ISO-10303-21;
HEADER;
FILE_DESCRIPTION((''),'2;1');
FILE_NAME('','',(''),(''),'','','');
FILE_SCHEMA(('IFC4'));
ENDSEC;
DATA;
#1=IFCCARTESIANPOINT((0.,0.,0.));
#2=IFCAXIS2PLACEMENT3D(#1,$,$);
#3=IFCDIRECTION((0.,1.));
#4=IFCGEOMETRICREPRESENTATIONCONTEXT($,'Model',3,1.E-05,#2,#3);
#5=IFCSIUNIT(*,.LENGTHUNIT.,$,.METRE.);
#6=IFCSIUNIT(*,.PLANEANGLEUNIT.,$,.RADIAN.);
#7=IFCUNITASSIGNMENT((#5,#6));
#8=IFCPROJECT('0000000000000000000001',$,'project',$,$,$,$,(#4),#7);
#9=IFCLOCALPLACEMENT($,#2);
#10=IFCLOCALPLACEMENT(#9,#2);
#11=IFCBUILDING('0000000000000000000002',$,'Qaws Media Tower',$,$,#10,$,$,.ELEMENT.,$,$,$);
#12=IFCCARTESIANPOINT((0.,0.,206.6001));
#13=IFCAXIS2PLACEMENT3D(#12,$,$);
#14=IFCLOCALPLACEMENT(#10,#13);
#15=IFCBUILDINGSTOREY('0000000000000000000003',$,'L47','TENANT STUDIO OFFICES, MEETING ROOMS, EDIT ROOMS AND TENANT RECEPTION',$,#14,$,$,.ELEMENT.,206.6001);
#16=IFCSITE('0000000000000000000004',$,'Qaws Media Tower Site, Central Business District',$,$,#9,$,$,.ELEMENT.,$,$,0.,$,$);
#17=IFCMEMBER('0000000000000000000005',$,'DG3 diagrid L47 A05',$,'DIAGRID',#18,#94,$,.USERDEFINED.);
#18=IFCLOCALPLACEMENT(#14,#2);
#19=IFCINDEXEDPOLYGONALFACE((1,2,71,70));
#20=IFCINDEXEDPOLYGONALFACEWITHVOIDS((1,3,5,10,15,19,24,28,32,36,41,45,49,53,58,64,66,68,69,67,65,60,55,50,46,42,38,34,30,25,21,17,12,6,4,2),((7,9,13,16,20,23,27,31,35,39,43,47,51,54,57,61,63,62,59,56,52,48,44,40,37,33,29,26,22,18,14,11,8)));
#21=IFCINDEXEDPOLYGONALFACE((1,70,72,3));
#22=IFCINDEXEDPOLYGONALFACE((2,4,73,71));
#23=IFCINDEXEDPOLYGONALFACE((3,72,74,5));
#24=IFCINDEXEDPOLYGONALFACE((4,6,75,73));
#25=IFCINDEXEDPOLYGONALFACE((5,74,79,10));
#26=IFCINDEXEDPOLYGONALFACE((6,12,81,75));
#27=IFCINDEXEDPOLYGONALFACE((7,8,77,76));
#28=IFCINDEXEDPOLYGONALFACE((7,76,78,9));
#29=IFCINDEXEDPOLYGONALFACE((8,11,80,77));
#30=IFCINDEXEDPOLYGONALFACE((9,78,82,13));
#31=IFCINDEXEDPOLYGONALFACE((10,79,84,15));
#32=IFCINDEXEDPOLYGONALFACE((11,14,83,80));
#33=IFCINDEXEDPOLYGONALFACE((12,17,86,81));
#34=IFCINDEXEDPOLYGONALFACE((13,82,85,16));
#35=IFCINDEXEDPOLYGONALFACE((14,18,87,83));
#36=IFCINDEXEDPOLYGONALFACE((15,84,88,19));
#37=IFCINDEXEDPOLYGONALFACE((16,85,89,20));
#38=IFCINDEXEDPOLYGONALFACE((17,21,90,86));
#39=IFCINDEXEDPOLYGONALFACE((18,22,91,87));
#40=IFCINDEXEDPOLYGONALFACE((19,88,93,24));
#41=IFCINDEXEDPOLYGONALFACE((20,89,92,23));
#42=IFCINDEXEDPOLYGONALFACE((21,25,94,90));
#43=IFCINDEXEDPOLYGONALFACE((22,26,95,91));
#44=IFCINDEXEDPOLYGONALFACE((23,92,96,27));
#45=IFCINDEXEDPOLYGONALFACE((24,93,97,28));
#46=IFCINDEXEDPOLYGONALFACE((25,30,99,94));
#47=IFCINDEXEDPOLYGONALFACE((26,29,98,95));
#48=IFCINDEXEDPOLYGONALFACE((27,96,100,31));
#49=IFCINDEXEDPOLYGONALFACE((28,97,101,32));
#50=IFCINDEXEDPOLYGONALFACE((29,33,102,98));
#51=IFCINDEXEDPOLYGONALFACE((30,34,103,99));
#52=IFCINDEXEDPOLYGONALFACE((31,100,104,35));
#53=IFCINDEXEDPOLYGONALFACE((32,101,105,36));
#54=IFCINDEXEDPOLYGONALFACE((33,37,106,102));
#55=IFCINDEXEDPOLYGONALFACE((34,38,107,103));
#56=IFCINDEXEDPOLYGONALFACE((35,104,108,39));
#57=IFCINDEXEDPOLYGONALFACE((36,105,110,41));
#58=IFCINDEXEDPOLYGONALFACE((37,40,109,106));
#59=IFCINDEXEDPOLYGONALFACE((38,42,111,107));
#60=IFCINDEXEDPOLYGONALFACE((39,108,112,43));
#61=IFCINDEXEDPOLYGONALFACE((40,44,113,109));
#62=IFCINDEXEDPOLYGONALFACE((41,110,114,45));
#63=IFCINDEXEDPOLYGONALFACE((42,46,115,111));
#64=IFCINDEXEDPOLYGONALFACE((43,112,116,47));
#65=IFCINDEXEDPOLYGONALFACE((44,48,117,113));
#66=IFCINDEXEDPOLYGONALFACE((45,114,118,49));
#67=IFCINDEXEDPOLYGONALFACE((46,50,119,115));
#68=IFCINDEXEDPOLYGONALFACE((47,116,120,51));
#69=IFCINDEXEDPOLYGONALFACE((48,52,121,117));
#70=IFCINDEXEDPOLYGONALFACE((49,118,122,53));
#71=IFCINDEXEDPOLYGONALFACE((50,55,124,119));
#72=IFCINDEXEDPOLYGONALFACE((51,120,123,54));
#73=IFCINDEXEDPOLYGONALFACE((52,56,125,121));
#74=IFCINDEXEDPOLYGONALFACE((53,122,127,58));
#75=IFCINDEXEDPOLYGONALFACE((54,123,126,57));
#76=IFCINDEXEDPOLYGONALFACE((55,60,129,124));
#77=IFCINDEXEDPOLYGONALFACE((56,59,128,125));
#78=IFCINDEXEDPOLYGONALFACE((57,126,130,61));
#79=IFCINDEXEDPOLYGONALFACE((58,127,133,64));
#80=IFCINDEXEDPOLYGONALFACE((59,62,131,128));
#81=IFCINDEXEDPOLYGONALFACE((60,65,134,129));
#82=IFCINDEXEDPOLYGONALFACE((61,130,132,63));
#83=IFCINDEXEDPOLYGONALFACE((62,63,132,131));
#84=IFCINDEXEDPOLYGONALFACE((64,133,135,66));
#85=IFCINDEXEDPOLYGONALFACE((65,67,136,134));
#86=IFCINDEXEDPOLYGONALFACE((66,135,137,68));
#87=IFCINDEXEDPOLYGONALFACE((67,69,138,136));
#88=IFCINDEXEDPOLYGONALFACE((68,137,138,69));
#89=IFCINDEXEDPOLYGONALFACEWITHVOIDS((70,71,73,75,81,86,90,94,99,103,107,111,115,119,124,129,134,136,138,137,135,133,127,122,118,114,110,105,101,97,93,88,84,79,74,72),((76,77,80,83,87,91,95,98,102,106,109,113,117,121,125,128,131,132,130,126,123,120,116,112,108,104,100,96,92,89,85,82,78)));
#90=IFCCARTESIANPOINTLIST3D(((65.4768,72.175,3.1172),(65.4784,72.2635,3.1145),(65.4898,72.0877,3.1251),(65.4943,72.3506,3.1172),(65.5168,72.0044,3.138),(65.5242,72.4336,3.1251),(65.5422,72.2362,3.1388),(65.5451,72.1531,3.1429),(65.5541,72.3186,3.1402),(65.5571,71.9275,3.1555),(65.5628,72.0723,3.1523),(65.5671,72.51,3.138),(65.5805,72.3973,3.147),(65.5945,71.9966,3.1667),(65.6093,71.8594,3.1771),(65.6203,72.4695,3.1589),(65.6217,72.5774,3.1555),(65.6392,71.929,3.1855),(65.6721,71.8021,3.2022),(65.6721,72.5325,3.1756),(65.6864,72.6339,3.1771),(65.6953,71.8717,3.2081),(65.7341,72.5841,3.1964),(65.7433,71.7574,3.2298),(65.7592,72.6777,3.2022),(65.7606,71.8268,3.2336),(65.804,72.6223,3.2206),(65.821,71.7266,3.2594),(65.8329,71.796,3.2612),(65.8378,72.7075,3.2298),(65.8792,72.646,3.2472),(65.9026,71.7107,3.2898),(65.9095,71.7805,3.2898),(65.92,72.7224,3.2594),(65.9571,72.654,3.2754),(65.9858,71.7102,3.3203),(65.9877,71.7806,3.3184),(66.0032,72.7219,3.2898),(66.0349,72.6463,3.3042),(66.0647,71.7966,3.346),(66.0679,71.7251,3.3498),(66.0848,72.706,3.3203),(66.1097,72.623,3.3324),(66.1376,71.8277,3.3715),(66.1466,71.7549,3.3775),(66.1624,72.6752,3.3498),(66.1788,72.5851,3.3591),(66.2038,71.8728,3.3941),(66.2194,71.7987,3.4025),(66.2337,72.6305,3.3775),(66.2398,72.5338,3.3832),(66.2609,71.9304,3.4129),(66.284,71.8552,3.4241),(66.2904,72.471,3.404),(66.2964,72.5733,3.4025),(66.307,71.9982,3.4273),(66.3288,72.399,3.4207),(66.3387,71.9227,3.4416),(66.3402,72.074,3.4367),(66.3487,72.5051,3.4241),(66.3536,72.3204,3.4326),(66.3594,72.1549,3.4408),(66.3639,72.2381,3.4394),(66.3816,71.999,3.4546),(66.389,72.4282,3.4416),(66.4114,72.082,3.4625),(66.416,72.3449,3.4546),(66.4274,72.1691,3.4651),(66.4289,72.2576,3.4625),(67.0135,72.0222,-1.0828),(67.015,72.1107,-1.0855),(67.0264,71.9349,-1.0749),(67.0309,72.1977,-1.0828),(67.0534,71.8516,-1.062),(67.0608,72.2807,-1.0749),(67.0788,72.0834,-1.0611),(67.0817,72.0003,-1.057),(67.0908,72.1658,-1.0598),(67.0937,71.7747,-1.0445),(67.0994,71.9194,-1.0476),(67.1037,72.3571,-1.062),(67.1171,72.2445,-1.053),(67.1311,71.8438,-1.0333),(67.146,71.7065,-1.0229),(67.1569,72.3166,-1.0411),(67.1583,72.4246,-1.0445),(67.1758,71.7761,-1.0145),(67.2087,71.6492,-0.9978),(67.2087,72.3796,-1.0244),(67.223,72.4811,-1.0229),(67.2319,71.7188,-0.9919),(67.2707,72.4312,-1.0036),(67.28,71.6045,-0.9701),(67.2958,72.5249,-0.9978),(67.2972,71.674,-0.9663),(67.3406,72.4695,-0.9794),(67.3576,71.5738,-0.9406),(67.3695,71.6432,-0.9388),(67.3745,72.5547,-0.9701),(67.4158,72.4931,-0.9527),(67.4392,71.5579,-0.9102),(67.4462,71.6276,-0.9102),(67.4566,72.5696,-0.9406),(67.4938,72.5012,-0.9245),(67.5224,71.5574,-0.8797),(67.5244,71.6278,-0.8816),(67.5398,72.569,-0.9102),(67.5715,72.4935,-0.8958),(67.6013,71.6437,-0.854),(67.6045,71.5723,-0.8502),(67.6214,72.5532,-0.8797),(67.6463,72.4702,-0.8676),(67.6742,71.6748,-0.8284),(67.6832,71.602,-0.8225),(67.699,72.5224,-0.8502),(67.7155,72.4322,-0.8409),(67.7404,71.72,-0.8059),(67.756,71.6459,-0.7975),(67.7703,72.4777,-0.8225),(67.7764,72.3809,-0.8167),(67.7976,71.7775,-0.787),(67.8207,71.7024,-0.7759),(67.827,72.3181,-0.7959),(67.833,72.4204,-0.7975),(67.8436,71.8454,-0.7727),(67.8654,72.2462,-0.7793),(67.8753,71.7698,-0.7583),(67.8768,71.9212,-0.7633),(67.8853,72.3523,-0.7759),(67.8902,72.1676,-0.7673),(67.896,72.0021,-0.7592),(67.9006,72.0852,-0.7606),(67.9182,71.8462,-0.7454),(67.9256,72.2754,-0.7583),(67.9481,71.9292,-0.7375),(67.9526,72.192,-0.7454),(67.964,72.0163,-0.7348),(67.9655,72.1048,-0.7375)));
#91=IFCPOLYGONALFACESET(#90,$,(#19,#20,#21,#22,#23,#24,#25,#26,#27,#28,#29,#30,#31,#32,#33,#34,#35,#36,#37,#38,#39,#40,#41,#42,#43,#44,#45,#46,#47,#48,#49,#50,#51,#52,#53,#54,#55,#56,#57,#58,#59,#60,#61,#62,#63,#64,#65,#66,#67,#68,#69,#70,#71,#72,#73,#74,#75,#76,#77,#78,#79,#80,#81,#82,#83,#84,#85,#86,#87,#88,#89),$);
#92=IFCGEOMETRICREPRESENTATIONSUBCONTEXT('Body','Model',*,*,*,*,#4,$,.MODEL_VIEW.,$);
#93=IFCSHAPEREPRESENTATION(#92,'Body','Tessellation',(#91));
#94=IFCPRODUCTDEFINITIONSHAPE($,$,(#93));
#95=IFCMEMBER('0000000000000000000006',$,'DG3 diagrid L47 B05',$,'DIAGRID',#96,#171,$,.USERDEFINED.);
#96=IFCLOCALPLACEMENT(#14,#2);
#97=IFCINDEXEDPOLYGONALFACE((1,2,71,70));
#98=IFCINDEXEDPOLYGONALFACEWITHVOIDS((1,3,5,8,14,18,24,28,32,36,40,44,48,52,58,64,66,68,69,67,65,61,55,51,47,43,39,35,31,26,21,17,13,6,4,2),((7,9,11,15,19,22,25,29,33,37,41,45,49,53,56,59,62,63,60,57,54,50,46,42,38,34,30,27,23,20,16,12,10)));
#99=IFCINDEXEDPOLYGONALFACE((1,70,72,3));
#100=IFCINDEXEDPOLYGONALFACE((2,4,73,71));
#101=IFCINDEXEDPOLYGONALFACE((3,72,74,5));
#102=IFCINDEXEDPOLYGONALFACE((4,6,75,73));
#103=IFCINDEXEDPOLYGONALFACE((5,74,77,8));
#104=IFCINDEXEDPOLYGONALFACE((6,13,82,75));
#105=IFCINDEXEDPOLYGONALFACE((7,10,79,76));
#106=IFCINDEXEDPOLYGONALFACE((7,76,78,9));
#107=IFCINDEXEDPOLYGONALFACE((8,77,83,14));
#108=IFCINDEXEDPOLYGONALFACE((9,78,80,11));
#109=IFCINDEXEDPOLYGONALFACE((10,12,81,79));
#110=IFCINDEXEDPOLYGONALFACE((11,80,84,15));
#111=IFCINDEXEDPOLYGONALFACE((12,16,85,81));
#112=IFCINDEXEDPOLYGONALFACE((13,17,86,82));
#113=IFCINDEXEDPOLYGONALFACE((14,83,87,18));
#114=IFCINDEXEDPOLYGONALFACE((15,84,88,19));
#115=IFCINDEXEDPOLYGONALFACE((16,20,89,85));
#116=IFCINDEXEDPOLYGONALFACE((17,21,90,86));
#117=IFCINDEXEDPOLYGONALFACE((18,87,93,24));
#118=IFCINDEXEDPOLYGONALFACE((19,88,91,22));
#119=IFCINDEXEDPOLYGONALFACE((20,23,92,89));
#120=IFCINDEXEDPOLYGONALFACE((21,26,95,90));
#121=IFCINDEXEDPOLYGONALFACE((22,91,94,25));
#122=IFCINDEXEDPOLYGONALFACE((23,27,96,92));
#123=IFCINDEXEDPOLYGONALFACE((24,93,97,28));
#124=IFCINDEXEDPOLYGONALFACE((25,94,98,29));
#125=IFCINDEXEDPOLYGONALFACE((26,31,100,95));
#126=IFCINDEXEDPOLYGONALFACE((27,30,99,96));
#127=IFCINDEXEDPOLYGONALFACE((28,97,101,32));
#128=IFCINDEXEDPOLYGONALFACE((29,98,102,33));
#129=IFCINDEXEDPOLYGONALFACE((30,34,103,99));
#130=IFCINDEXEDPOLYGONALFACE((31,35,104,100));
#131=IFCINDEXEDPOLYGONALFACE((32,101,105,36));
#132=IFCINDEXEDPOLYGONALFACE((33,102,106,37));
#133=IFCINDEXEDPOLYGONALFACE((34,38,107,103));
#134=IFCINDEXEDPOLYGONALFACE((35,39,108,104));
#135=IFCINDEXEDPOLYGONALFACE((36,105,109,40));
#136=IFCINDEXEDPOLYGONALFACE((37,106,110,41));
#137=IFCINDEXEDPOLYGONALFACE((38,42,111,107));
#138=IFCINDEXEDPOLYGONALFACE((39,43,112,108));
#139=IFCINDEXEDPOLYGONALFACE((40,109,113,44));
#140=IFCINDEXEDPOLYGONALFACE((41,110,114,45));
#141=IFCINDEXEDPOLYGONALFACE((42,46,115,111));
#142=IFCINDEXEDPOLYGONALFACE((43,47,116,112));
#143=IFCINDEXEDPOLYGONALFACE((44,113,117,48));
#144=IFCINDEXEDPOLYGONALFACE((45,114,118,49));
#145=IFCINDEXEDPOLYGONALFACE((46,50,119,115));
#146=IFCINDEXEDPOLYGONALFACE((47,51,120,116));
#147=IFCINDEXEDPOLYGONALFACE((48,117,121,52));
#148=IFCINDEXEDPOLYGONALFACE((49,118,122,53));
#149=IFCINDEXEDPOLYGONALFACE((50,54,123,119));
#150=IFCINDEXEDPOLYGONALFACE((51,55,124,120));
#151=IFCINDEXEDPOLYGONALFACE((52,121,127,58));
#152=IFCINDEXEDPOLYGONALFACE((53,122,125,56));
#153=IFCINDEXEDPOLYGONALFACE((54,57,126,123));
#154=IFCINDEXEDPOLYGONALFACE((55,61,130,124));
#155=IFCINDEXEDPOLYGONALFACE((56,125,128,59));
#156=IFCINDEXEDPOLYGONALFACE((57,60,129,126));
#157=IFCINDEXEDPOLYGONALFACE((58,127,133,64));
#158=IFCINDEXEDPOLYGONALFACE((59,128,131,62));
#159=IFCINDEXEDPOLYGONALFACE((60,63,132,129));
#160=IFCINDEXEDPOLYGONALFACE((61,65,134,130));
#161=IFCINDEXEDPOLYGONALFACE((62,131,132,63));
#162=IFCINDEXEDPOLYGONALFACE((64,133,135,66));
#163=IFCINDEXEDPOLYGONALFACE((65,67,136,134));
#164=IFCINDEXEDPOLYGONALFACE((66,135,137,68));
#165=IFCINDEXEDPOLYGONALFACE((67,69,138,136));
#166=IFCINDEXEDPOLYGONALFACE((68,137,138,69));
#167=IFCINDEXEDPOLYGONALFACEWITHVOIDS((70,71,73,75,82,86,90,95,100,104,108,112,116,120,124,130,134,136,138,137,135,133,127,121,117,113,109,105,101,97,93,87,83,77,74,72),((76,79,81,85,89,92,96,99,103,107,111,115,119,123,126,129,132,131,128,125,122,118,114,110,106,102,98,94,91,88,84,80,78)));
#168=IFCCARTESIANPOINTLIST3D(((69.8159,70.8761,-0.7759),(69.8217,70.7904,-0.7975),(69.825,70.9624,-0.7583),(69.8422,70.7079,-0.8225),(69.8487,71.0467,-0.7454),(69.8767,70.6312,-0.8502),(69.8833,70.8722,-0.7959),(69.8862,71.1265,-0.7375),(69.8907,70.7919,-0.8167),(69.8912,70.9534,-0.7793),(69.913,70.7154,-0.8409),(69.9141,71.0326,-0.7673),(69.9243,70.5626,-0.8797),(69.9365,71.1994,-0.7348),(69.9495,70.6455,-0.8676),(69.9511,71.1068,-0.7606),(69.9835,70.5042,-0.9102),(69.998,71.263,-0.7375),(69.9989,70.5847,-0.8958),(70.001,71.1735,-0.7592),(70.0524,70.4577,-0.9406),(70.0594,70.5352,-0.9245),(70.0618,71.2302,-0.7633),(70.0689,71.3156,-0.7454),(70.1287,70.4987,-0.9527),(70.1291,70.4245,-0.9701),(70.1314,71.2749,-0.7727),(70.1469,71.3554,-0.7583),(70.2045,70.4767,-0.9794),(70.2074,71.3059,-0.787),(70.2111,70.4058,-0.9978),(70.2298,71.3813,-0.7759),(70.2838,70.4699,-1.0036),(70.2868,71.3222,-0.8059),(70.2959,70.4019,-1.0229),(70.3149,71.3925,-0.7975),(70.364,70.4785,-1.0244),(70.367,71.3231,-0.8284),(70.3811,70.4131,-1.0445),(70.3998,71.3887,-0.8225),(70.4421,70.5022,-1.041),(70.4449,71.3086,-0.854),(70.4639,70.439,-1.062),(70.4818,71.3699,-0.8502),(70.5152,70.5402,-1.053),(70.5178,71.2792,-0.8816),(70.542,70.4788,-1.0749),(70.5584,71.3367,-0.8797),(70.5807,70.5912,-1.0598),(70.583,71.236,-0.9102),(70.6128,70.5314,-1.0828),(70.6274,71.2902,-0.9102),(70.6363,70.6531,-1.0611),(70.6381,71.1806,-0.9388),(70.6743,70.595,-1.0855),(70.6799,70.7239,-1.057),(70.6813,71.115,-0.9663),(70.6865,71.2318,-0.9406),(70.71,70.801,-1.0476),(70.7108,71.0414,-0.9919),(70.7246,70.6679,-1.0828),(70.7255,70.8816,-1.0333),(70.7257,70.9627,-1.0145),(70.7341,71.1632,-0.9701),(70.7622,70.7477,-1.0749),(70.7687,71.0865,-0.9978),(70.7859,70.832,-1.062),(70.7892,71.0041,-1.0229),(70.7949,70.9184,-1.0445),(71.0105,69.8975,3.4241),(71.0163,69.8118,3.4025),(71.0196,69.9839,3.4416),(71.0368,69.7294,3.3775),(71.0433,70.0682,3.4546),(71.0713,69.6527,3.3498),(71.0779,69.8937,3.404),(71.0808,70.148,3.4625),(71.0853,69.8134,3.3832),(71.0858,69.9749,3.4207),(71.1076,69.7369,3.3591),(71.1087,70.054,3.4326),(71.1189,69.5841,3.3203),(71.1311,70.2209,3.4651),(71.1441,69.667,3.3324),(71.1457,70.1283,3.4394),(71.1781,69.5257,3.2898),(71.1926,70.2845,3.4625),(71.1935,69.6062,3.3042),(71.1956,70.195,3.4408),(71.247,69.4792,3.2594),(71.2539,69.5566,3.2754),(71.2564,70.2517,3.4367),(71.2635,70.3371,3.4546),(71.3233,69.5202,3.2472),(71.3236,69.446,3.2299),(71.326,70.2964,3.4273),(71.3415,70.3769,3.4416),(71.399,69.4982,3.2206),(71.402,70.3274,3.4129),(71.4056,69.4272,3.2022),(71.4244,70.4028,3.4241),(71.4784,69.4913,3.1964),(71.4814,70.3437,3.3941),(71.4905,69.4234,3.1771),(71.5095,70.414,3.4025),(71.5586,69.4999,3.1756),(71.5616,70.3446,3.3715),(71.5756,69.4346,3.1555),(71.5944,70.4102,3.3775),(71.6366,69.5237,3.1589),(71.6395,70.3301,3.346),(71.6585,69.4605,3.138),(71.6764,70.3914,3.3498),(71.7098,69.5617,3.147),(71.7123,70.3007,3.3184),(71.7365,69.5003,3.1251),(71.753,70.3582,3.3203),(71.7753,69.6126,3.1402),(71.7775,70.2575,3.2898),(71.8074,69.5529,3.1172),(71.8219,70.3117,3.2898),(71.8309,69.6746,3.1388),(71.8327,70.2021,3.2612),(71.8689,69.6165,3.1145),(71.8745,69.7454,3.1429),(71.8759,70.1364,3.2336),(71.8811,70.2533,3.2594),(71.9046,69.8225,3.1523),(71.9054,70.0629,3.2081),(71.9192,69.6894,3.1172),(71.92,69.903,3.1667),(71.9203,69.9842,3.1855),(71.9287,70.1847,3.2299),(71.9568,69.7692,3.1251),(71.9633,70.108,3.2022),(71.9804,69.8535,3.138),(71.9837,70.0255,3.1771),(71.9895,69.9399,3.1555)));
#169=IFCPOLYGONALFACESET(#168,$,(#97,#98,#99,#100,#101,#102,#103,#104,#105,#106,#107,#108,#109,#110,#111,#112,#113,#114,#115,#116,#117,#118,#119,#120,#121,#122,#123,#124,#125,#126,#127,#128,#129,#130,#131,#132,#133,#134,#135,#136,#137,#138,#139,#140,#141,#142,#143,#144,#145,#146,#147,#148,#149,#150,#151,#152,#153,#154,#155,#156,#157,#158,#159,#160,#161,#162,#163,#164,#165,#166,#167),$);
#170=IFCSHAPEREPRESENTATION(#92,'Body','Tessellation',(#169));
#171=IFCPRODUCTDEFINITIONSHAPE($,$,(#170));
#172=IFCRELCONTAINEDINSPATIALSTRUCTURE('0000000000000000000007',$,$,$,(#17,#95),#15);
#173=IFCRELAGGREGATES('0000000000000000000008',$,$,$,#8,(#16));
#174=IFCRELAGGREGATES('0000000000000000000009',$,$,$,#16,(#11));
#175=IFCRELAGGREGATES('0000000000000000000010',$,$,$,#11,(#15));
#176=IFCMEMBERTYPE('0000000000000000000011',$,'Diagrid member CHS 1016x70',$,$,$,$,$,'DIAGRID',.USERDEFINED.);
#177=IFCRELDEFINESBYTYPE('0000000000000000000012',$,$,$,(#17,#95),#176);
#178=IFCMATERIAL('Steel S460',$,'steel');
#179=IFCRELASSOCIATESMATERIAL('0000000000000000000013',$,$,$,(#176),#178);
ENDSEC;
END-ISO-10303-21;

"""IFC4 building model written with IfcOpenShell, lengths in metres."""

from ifc_helpers import new_model, si_unit, direction, frame, origin, origin_2d, place, context, subcontext, project, spatial, hollow_circle, extrude, material, material_profile, profile_set, type_object, element, save


model = new_model("IFC4")

# Units and contexts
model_context = context("Model", 3, precision=1e-05, world=origin(), true_north=direction((0.0, 1.0)))
body_context = subcontext(model_context, "Body", "Model", "MODEL_VIEW")
ifc_project = project(units=[si_unit("LENGTHUNIT", "METRE"), si_unit("PLANEANGLEUNIT", "RADIAN")], contexts=[model_context])

# Site, building, storey
site_placement = place(None, origin())
site = spatial("IfcSite", under=ifc_project, at=site_placement, Name="Qaws Media Tower Site, Central Business District", CompositionType="ELEMENT", RefElevation=0.0)
building_placement = place(site_placement, origin())
building = spatial("IfcBuilding", under=site, at=building_placement, Name="Qaws Media Tower", CompositionType="ELEMENT")
storey_placement = place(building_placement, frame((0.0, 0.0, 206.6001)))
storey = spatial("IfcBuildingStorey", under=building, at=storey_placement, Name="L47", Description="TENANT STUDIO OFFICES, MEETING ROOMS, EDIT ROOMS AND TENANT RECEPTION", CompositionType="ELEMENT", Elevation=206.6001)

# Members
ifc_material_1 = material(Name="Steel S460", Category="steel")
ifc_material_profile_1 = material_profile(ifc_material_1, hollow_circle(Radius=0.5081, WallThickness=0.0701, at=origin_2d()), Name="CHS 1016x70")
ifc_profile_set_1 = profile_set([ifc_material_profile_1], Name="Steel S460")
member_type_1 = type_object("IfcMemberType", Name="Diagrid member CHS 1016x70", ElementType="DIAGRID", PredefinedType="USERDEFINED", material=ifc_profile_set_1)
for number, where, z_axis, x_axis, name in (
    (1, (67.4895, 72.0635, -0.9102), (-0.343392, 0.034154, 0.938571), (-0.098971, -0.99509, 0.0), "DG3 diagrid L47 A05"),
    (2, (70.3054, 70.8972, -0.9102), (0.266955, -0.218671, 0.938572), (0.633677, 0.773598, 0.0), "DG3 diagrid L47 B05"),
):
    element("IfcMember", number, at=place(storey_placement, frame(where, z_axis=z_axis, x_axis=x_axis)), inside=storey, type_object=member_type_1, Name=name, ObjectType="DIAGRID", PredefinedType="USERDEFINED", context=body_context, shape_type="SweptSolid", body=[
        extrude(hollow_circle(Radius=0.5081, WallThickness=0.0701, at=origin_2d()), origin(), (0.0, 0.0, 1.0), 4.4749),
    ])

save(model, "model.ifc")
